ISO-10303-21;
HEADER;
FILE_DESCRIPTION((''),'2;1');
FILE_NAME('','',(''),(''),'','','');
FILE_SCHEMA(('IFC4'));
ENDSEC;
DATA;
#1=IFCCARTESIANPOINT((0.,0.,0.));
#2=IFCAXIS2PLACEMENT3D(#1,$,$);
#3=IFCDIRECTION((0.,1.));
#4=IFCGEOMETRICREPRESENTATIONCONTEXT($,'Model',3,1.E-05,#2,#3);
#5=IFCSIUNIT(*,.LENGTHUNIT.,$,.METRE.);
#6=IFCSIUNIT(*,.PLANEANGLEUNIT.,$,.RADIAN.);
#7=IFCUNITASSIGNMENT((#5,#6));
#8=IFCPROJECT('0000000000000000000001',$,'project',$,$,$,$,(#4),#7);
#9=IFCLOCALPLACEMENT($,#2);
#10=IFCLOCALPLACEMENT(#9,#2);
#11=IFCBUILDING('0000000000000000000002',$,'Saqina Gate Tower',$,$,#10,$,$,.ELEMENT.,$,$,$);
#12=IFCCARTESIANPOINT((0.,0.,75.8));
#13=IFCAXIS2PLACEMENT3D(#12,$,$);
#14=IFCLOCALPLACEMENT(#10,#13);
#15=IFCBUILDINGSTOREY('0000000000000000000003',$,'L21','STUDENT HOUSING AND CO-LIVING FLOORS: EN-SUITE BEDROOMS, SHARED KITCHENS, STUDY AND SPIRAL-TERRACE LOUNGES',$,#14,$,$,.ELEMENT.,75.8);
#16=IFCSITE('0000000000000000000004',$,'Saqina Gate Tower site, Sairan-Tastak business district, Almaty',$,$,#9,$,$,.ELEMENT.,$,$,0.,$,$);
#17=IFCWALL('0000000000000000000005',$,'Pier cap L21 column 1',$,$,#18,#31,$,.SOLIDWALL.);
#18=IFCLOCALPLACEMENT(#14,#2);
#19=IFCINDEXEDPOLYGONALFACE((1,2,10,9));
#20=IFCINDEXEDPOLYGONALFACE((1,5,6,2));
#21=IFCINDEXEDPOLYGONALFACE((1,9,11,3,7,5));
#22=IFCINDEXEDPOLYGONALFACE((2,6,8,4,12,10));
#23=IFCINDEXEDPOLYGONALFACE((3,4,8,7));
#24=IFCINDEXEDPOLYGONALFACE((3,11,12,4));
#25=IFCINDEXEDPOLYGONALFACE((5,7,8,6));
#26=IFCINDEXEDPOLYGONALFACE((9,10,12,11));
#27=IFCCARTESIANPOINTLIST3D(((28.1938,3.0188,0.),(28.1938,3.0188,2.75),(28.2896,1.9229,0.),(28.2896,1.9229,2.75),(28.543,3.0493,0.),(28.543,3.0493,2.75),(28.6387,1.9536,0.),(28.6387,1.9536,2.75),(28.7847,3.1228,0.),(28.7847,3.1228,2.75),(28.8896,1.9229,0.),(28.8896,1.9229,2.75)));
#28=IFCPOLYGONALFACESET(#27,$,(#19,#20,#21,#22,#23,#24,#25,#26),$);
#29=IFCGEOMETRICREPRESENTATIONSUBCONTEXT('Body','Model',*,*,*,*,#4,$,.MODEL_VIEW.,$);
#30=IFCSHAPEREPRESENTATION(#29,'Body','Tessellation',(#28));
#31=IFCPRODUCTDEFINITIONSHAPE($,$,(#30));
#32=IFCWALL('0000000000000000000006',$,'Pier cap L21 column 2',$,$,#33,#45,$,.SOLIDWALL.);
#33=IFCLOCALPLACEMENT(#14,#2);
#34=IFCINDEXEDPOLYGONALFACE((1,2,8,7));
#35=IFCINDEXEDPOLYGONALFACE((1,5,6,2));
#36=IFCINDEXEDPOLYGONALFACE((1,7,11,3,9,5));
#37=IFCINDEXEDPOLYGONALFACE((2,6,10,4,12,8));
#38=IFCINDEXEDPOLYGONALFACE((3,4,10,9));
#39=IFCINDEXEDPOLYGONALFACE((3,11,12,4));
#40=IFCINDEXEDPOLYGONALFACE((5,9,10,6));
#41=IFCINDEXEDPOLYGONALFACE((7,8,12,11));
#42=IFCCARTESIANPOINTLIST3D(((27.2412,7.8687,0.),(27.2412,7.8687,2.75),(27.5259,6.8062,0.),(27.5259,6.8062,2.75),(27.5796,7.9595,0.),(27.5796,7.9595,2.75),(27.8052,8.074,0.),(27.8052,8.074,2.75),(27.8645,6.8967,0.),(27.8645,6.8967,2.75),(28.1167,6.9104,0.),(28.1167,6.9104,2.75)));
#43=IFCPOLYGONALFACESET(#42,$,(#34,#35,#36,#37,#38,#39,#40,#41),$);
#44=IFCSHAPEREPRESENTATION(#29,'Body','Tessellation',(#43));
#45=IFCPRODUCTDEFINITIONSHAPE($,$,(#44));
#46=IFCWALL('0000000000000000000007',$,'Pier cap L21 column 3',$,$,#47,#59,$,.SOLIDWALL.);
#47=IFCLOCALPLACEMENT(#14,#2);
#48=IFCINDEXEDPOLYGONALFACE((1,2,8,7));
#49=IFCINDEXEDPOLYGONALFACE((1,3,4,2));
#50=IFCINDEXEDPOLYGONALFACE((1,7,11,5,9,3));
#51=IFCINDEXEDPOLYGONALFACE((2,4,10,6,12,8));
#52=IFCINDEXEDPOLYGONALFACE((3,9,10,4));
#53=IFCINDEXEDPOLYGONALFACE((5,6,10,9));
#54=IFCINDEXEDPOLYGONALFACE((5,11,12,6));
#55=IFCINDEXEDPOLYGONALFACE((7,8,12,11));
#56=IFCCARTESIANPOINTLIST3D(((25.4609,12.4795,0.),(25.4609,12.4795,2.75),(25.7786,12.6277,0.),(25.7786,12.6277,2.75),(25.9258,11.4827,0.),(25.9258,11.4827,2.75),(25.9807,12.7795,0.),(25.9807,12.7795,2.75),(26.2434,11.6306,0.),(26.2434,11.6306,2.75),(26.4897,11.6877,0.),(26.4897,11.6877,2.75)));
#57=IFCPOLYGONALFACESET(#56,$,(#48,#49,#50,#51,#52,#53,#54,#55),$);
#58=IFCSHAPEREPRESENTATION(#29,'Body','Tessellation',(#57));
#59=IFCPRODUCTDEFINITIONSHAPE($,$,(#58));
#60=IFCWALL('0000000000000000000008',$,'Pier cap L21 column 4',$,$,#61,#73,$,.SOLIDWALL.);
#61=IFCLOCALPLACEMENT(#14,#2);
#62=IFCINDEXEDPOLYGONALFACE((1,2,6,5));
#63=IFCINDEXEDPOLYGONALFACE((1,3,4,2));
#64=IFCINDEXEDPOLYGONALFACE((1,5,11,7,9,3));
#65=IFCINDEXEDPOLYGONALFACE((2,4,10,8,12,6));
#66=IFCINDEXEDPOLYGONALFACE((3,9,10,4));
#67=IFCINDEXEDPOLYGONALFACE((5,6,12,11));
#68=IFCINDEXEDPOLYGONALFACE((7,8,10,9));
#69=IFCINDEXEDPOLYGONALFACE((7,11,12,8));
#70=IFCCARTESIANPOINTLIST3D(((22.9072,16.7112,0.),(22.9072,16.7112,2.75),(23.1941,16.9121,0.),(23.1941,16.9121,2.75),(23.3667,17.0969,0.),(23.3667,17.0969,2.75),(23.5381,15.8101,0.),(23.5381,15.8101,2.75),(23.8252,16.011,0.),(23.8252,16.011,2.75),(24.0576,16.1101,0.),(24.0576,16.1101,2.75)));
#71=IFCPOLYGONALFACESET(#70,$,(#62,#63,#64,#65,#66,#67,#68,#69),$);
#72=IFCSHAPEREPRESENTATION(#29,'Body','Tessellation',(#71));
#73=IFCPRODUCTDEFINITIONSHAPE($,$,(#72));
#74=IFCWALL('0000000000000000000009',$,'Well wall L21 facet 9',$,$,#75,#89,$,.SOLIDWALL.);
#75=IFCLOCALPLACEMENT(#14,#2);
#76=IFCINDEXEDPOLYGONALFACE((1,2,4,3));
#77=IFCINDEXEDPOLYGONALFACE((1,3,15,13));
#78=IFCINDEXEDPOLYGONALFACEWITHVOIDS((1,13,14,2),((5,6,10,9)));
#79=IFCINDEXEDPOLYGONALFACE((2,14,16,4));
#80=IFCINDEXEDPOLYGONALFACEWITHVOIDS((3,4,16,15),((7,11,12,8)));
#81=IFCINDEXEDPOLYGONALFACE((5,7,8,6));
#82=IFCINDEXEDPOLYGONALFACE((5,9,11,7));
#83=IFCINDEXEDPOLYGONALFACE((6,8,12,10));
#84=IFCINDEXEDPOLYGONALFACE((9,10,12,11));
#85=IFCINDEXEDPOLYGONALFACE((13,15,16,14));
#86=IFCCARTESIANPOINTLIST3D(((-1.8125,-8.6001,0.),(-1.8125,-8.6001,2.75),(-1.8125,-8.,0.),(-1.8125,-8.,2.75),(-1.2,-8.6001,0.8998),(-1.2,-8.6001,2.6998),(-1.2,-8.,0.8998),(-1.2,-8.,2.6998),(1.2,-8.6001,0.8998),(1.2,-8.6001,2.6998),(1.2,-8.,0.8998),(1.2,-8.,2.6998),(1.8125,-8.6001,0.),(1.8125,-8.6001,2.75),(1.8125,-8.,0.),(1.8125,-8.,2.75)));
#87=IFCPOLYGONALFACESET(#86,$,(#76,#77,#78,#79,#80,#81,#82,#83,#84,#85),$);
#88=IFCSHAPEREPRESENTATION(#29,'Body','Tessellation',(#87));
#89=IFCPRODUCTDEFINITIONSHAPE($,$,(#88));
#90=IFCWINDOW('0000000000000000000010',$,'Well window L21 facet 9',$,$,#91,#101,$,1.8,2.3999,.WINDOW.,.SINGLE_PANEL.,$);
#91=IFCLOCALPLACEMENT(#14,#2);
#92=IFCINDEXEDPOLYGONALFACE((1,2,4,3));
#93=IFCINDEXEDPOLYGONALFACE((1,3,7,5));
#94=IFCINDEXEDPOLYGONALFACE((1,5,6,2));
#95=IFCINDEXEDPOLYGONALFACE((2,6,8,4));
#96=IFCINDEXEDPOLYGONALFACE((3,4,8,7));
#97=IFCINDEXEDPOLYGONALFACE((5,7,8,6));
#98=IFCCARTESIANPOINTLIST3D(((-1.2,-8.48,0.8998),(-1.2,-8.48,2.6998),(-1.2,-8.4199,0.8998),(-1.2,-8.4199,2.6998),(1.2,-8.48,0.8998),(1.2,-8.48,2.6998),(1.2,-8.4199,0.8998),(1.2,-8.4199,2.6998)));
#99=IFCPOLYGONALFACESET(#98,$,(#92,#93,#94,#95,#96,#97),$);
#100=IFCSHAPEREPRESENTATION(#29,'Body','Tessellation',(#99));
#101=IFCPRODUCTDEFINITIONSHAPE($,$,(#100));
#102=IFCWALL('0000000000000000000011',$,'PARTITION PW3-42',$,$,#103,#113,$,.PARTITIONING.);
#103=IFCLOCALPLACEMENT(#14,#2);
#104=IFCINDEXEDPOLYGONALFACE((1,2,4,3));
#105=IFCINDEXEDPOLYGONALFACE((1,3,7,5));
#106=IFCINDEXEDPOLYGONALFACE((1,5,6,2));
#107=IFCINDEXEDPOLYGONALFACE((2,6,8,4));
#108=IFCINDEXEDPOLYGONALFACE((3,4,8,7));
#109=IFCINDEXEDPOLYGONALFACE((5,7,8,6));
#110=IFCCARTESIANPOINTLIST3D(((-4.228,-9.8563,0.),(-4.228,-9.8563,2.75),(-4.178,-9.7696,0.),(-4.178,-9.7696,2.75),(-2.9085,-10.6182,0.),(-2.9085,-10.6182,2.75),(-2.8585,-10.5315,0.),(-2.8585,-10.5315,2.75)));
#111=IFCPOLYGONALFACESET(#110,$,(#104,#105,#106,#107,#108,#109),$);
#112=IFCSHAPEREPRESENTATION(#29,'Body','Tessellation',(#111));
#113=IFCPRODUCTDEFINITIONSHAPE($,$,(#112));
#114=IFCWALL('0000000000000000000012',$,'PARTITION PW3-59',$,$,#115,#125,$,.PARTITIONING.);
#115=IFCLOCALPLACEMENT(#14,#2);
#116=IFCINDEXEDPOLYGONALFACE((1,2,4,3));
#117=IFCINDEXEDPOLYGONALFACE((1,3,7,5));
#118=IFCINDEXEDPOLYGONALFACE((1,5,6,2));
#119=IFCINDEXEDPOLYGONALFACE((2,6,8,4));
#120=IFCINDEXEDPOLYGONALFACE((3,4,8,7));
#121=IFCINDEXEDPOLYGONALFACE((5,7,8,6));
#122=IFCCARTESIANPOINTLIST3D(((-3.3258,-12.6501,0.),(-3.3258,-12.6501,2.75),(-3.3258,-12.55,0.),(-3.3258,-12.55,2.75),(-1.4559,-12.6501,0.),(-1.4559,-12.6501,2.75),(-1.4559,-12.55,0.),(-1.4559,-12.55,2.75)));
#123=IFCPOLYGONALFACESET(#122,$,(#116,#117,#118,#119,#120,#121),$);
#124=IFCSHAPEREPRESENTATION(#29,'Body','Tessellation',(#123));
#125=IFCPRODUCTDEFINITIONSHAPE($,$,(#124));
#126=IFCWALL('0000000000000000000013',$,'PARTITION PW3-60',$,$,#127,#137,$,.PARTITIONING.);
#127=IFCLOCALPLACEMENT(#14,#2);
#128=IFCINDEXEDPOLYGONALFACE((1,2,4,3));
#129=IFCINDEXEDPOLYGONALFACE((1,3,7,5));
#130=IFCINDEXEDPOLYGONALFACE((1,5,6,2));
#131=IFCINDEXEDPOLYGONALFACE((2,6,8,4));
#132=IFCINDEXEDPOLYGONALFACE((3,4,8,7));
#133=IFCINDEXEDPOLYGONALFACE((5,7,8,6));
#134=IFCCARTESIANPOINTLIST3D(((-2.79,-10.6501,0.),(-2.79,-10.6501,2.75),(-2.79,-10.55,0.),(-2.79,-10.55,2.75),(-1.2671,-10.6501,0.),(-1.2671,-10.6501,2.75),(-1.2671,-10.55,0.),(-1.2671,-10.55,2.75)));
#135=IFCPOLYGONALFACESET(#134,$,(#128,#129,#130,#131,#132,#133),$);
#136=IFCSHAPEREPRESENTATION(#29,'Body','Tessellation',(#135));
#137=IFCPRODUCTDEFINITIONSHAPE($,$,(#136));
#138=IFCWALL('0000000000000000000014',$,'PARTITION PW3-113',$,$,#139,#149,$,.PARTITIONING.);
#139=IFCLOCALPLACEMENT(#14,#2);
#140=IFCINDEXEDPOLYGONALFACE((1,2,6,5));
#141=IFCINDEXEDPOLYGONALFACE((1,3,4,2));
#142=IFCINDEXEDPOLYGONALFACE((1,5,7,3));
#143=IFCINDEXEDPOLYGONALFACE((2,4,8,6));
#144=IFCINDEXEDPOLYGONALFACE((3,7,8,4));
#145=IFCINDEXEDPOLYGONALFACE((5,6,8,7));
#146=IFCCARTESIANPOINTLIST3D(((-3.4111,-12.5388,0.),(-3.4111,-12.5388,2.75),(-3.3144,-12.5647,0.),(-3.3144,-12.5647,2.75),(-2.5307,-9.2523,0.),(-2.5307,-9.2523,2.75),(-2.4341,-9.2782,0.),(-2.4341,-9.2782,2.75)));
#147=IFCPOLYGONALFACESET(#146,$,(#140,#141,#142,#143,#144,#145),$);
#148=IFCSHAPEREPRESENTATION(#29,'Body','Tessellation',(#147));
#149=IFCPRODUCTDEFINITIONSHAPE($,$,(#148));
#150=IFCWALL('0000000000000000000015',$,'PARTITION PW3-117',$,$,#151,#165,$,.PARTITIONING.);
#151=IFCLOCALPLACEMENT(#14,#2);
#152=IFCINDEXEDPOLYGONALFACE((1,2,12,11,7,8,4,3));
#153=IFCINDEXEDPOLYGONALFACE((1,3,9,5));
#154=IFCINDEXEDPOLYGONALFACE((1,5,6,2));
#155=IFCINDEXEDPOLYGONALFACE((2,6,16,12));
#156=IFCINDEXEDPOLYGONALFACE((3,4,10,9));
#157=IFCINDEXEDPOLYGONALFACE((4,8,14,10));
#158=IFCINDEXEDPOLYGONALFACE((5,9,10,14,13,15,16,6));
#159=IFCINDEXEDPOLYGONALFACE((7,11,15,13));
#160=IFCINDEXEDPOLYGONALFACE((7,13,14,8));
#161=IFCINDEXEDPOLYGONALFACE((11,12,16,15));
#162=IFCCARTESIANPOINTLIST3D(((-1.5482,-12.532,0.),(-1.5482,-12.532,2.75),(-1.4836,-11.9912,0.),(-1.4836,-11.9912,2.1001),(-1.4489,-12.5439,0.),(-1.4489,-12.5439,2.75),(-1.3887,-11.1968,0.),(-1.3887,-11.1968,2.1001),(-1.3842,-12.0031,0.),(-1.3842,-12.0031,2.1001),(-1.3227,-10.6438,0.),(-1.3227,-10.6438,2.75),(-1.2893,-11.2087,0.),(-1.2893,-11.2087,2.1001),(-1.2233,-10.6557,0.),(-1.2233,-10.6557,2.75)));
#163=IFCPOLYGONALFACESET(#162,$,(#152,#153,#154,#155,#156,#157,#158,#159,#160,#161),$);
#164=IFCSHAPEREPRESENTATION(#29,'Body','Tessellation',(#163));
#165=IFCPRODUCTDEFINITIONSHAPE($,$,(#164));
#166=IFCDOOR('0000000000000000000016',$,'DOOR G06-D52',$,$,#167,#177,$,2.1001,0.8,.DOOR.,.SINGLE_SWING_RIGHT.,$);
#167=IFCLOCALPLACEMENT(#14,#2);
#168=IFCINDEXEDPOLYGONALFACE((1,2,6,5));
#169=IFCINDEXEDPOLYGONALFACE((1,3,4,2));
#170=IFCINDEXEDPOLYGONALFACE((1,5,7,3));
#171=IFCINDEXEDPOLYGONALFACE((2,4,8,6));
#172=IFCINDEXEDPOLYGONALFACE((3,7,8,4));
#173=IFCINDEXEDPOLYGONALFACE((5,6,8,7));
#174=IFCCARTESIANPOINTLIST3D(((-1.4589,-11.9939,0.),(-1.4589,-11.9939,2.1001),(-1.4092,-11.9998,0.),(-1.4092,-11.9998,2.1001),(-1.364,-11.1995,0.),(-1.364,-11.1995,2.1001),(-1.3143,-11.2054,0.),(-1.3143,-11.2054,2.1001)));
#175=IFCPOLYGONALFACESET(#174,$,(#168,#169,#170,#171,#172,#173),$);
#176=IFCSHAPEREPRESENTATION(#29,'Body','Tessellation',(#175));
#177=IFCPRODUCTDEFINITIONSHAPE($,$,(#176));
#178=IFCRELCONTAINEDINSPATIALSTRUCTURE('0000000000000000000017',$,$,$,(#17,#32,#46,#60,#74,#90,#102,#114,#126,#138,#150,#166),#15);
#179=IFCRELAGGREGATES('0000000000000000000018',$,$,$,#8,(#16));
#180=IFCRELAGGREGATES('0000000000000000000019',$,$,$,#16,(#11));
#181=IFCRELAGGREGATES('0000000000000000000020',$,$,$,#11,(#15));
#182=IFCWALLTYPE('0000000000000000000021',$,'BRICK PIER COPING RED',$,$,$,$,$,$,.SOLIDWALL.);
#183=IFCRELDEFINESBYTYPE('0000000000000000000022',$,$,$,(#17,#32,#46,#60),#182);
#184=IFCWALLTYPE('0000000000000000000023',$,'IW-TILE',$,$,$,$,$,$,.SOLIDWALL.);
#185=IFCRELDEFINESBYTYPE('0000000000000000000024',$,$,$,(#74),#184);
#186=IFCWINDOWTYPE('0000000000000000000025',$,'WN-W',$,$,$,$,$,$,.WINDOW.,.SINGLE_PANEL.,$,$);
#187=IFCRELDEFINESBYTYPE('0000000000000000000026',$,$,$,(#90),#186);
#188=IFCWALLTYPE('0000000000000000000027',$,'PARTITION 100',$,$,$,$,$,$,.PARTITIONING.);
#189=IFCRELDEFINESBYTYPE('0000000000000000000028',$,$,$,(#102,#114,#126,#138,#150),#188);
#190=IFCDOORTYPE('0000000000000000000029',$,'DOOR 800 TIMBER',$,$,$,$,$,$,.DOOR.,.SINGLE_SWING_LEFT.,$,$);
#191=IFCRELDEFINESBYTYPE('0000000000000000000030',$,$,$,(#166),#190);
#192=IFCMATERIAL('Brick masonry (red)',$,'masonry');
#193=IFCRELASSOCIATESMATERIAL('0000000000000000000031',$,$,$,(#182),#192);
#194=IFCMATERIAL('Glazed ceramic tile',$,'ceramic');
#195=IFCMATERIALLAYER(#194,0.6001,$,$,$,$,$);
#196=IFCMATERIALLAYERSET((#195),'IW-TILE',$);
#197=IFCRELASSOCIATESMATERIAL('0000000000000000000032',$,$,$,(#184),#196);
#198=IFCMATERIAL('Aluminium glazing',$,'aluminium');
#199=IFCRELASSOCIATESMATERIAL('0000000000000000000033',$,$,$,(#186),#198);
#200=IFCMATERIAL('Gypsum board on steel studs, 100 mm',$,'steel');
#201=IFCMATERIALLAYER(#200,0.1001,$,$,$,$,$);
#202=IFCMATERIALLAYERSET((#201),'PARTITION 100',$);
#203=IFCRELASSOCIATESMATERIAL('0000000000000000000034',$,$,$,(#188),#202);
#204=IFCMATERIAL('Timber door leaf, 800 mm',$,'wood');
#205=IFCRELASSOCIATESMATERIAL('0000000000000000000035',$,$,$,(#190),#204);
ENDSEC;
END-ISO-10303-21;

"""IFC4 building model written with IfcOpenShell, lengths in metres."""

from ifc_helpers import new_model, si_unit, direction, frame, frame_2d, origin, place, context, subcontext, project, spatial, polyline, rectangle, outline, extrude, material, layer, layer_set, type_object, element, fill, save


model = new_model("IFC4")

# Units and contexts
model_context = context("Model", 3, precision=1e-05, world=origin(), true_north=direction((0.0, 1.0)))
body_context = subcontext(model_context, "Body", "Model", "MODEL_VIEW")
ifc_project = project(units=[si_unit("LENGTHUNIT", "METRE"), si_unit("PLANEANGLEUNIT", "RADIAN")], contexts=[model_context])

# Site, building, storey
site_placement = place(None, origin())
site = spatial("IfcSite", under=ifc_project, at=site_placement, Name="Saqina Gate Tower site, Sairan-Tastak business district, Almaty", CompositionType="ELEMENT", RefElevation=0.0)
building_placement = place(site_placement, origin())
building = spatial("IfcBuilding", under=site, at=building_placement, Name="Saqina Gate Tower", CompositionType="ELEMENT")
storey_placement = place(building_placement, frame((0.0, 0.0, 75.8)))
storey = spatial("IfcBuildingStorey", under=building, at=storey_placement, Name="L21", Description="STUDENT HOUSING AND CO-LIVING FLOORS: EN-SUITE BEDROOMS, SHARED KITCHENS, STUDY AND SPIRAL-TERRACE LOUNGES", CompositionType="ELEMENT", Elevation=75.8)

# Walls
ifc_material_1 = material(Name="Brick masonry (red)", Category="masonry")
wall_type_1 = type_object("IfcWallType", Name="BRICK PIER COPING RED", PredefinedType="SOLIDWALL", material=ifc_material_1)
wall_1_placement = place(storey_placement, origin())
element("IfcWall", 1, at=wall_1_placement, inside=storey, type_object=wall_type_1, Name="Pier cap L21 column 1", PredefinedType="SOLIDWALL", context=body_context, shape_type="SweptSolid", body=[
    extrude(outline(polyline([(28.8896, 1.9229), (28.7847, 3.1228), (28.1938, 3.0188), (28.543, 3.0493), (28.6387, 1.9536), (28.2896, 1.9229), (28.8896, 1.9229)])), origin(), (0.0, 0.0, 1.0), 2.75),
])
wall_2_placement = place(storey_placement, origin())
element("IfcWall", 2, at=wall_2_placement, inside=storey, type_object=wall_type_1, Name="Pier cap L21 column 2", PredefinedType="SOLIDWALL", context=body_context, shape_type="SweptSolid", body=[
    extrude(outline(polyline([(28.1167, 6.9104), (27.8052, 8.074), (27.2412, 7.8687), (27.5796, 7.9595), (27.8645, 6.8967), (27.5259, 6.8062), (28.1167, 6.9104)])), origin(), (0.0, 0.0, 1.0), 2.75),
])
wall_3_placement = place(storey_placement, origin())
element("IfcWall", 3, at=wall_3_placement, inside=storey, type_object=wall_type_1, Name="Pier cap L21 column 3", PredefinedType="SOLIDWALL", context=body_context, shape_type="SweptSolid", body=[
    extrude(outline(polyline([(25.9807, 12.7795), (25.4609, 12.4795), (25.7786, 12.6277), (26.2434, 11.6306), (25.9258, 11.4827), (26.4897, 11.6877), (25.9807, 12.7795)])), origin(), (0.0, 0.0, 1.0), 2.75),
])
wall_4_placement = place(storey_placement, origin())
element("IfcWall", 4, at=wall_4_placement, inside=storey, type_object=wall_type_1, Name="Pier cap L21 column 4", PredefinedType="SOLIDWALL", context=body_context, shape_type="SweptSolid", body=[
    extrude(outline(polyline([(24.0576, 16.1101), (23.3667, 17.0969), (22.9072, 16.7112), (23.1941, 16.9121), (23.8252, 16.011), (23.5381, 15.8101), (24.0576, 16.1101)])), origin(), (0.0, 0.0, 1.0), 2.75),
])

# Wall, opening, window
ifc_material_2 = material(Name="Glazed ceramic tile", Category="ceramic")
ifc_layer_1 = layer(ifc_material_2, 0.6001)
ifc_layer_set_1 = layer_set([ifc_layer_1], Name="IW-TILE")
wall_type_2 = type_object("IfcWallType", Name="IW-TILE", PredefinedType="SOLIDWALL", material=ifc_layer_set_1)
wall_5_placement = place(storey_placement, frame((-1.8125, -8.3, 0.0), z_axis=(0.0, 0.0, 1.0), x_axis=(1.0, 0.0, 0.0)))
wall_5 = element("IfcWall", 5, at=wall_5_placement, inside=storey, type_object=wall_type_2, Name="Well wall L21 facet 9", PredefinedType="SOLIDWALL", context=body_context, shape_type="SweptSolid", body=[
    extrude(rectangle(XDim=3.625, YDim=0.6001, at=frame_2d((1.8125, 0.0))), origin(), (0.0, 0.0, 1.0), 2.75),
])
opening_1_placement = place(wall_5_placement, frame((0.6125, 0.0, 0.8999)))
opening_1 = element("IfcOpeningElement", 6, at=opening_1_placement, cuts=wall_5, PredefinedType="OPENING", context=body_context, shape_type="SweptSolid", body=[
    extrude(rectangle(XDim=2.3999, YDim=1.8, at=frame_2d((1.2, 0.8999))), frame((0.0, 0.312, 0.0), z_axis=(0.0, -1.0, 0.0), x_axis=(1.0, 0.0, 0.0)), (0.0, 0.0, 1.0), 0.624),
])
ifc_material_3 = material(Name="Aluminium glazing", Category="aluminium")
window_type = type_object("IfcWindowType", Name="WN-W", PartitioningType="SINGLE_PANEL", PredefinedType="WINDOW", material=ifc_material_3)
window_placement = place(opening_1_placement, origin())
window = element("IfcWindow", 7, at=window_placement, inside=storey, type_object=window_type, Name="Well window L21 facet 9", OverallHeight=1.8, OverallWidth=2.3999, PartitioningType="SINGLE_PANEL", PredefinedType="WINDOW", context=body_context, shape_type="SweptSolid", body=[
    extrude(rectangle(XDim=2.3999, YDim=1.8, at=frame_2d((1.2, 0.8999))), frame((0.0, -0.1199, 0.0), z_axis=(0.0, -1.0, 0.0), x_axis=(1.0, 0.0, 0.0)), (0.0, 0.0, 1.0), 0.0601),
])
fill(opening_1, window)

# Walls
ifc_material_4 = material(Name="Gypsum board on steel studs, 100 mm", Category="steel")
ifc_layer_2 = layer(ifc_material_4, 0.1001)
ifc_layer_set_2 = layer_set([ifc_layer_2], Name="PARTITION 100")
wall_type_3 = type_object("IfcWallType", Name="PARTITION 100", PredefinedType="PARTITIONING", material=ifc_layer_set_2)
wall_6_placement = place(storey_placement, frame((-4.2029, -9.813, 0.0), z_axis=(0.0, 0.0, 1.0), x_axis=(0.865996, -0.500051, 0.0)))
element("IfcWall", 8, at=wall_6_placement, inside=storey, type_object=wall_type_3, Name="PARTITION PW3-42", PredefinedType="PARTITIONING", context=body_context, shape_type="SweptSolid", body=[
    extrude(rectangle(XDim=1.5237, YDim=0.1001, at=frame_2d((0.7617, 0.0))), origin(), (0.0, 0.0, 1.0), 2.75),
])
wall_7_placement = place(storey_placement, frame((-3.3259, -12.6001, 0.0), z_axis=(0.0, 0.0, 1.0), x_axis=(1.0, 0.0, 0.0)))
element("IfcWall", 9, at=wall_7_placement, inside=storey, type_object=wall_type_3, Name="PARTITION PW3-59", PredefinedType="PARTITIONING", context=body_context, shape_type="SweptSolid", body=[
    extrude(rectangle(XDim=1.8699, YDim=0.1001, at=frame_2d((0.9351, 0.0))), origin(), (0.0, 0.0, 1.0), 2.75),
])
wall_8_placement = place(storey_placement, frame((-2.79, -10.6001, 0.0), z_axis=(0.0, 0.0, 1.0), x_axis=(1.0, 0.0, 0.0)))
element("IfcWall", 10, at=wall_8_placement, inside=storey, type_object=wall_type_3, Name="PARTITION PW3-60", PredefinedType="PARTITIONING", context=body_context, shape_type="SweptSolid", body=[
    extrude(rectangle(XDim=1.5229, YDim=0.1001, at=frame_2d((0.7615, 0.0))), origin(), (0.0, 0.0, 1.0), 2.75),
])
wall_9_placement = place(storey_placement, frame((-3.3628, -12.5518, 0.0), z_axis=(0.0, 0.0, 1.0), x_axis=(0.258761, 0.965941, 0.0)))
element("IfcWall", 11, at=wall_9_placement, inside=storey, type_object=wall_type_3, Name="PARTITION PW3-113", PredefinedType="PARTITIONING", context=body_context, shape_type="SweptSolid", body=[
    extrude(rectangle(XDim=3.4023, YDim=0.1001, at=frame_2d((1.7012, 0.0))), origin(), (0.0, 0.0, 1.0), 2.75),
])

# Wall, opening, door
wall_10_placement = place(storey_placement, frame((-1.4985, -12.5378, 0.0), z_axis=(0.0, 0.0, 1.0), x_axis=(0.118629, 0.992939, 0.0)))
wall_10 = element("IfcWall", 12, at=wall_10_placement, inside=storey, type_object=wall_type_3, Name="PARTITION PW3-117", PredefinedType="PARTITIONING", context=body_context, shape_type="SweptSolid", body=[
    extrude(rectangle(XDim=1.9016, YDim=0.1001, at=frame_2d((0.9507, 0.0))), origin(), (0.0, 0.0, 1.0), 2.75),
])
opening_2_placement = place(wall_10_placement, frame((0.5447, 0.0, 0.0)))
opening_2 = element("IfcOpeningElement", 13, at=opening_2_placement, cuts=wall_10, PredefinedType="OPENING", context=body_context, shape_type="SweptSolid", body=[
    extrude(rectangle(XDim=0.8, YDim=2.1001, at=frame_2d((0.3999, 1.05))), frame((0.0, 0.062, 0.0), z_axis=(0.0, -1.0, 0.0), x_axis=(1.0, 0.0, 0.0)), (0.0, 0.0, 1.0), 0.124),
])
ifc_material_5 = material(Name="Timber door leaf, 800 mm", Category="wood")
door_type_1 = type_object("IfcDoorType", Name="DOOR 800 TIMBER", OperationType="SINGLE_SWING_LEFT", PredefinedType="DOOR", material=ifc_material_5)
door_1_placement = place(opening_2_placement, frame((0.8, 0.0, 0.0), z_axis=(0.0, 0.0, 1.0), x_axis=(-1.0, 0.0, 0.0)))
door_1 = element("IfcDoor", 14, at=door_1_placement, inside=storey, type_object=door_type_1, Name="DOOR G06-D52", OperationType="SINGLE_SWING_RIGHT", OverallHeight=2.1001, OverallWidth=0.8, PredefinedType="DOOR", context=body_context, shape_type="SweptSolid", body=[
    extrude(rectangle(XDim=0.8, YDim=2.1001, at=frame_2d((0.3999, 1.05))), frame((0.0, 0.0249, 0.0), z_axis=(0.0, -1.0, 0.0), x_axis=(1.0, 0.0, 0.0)), (0.0, 0.0, 1.0), 0.05),
])
fill(opening_2, door_1)

save(model, "model.ifc")
